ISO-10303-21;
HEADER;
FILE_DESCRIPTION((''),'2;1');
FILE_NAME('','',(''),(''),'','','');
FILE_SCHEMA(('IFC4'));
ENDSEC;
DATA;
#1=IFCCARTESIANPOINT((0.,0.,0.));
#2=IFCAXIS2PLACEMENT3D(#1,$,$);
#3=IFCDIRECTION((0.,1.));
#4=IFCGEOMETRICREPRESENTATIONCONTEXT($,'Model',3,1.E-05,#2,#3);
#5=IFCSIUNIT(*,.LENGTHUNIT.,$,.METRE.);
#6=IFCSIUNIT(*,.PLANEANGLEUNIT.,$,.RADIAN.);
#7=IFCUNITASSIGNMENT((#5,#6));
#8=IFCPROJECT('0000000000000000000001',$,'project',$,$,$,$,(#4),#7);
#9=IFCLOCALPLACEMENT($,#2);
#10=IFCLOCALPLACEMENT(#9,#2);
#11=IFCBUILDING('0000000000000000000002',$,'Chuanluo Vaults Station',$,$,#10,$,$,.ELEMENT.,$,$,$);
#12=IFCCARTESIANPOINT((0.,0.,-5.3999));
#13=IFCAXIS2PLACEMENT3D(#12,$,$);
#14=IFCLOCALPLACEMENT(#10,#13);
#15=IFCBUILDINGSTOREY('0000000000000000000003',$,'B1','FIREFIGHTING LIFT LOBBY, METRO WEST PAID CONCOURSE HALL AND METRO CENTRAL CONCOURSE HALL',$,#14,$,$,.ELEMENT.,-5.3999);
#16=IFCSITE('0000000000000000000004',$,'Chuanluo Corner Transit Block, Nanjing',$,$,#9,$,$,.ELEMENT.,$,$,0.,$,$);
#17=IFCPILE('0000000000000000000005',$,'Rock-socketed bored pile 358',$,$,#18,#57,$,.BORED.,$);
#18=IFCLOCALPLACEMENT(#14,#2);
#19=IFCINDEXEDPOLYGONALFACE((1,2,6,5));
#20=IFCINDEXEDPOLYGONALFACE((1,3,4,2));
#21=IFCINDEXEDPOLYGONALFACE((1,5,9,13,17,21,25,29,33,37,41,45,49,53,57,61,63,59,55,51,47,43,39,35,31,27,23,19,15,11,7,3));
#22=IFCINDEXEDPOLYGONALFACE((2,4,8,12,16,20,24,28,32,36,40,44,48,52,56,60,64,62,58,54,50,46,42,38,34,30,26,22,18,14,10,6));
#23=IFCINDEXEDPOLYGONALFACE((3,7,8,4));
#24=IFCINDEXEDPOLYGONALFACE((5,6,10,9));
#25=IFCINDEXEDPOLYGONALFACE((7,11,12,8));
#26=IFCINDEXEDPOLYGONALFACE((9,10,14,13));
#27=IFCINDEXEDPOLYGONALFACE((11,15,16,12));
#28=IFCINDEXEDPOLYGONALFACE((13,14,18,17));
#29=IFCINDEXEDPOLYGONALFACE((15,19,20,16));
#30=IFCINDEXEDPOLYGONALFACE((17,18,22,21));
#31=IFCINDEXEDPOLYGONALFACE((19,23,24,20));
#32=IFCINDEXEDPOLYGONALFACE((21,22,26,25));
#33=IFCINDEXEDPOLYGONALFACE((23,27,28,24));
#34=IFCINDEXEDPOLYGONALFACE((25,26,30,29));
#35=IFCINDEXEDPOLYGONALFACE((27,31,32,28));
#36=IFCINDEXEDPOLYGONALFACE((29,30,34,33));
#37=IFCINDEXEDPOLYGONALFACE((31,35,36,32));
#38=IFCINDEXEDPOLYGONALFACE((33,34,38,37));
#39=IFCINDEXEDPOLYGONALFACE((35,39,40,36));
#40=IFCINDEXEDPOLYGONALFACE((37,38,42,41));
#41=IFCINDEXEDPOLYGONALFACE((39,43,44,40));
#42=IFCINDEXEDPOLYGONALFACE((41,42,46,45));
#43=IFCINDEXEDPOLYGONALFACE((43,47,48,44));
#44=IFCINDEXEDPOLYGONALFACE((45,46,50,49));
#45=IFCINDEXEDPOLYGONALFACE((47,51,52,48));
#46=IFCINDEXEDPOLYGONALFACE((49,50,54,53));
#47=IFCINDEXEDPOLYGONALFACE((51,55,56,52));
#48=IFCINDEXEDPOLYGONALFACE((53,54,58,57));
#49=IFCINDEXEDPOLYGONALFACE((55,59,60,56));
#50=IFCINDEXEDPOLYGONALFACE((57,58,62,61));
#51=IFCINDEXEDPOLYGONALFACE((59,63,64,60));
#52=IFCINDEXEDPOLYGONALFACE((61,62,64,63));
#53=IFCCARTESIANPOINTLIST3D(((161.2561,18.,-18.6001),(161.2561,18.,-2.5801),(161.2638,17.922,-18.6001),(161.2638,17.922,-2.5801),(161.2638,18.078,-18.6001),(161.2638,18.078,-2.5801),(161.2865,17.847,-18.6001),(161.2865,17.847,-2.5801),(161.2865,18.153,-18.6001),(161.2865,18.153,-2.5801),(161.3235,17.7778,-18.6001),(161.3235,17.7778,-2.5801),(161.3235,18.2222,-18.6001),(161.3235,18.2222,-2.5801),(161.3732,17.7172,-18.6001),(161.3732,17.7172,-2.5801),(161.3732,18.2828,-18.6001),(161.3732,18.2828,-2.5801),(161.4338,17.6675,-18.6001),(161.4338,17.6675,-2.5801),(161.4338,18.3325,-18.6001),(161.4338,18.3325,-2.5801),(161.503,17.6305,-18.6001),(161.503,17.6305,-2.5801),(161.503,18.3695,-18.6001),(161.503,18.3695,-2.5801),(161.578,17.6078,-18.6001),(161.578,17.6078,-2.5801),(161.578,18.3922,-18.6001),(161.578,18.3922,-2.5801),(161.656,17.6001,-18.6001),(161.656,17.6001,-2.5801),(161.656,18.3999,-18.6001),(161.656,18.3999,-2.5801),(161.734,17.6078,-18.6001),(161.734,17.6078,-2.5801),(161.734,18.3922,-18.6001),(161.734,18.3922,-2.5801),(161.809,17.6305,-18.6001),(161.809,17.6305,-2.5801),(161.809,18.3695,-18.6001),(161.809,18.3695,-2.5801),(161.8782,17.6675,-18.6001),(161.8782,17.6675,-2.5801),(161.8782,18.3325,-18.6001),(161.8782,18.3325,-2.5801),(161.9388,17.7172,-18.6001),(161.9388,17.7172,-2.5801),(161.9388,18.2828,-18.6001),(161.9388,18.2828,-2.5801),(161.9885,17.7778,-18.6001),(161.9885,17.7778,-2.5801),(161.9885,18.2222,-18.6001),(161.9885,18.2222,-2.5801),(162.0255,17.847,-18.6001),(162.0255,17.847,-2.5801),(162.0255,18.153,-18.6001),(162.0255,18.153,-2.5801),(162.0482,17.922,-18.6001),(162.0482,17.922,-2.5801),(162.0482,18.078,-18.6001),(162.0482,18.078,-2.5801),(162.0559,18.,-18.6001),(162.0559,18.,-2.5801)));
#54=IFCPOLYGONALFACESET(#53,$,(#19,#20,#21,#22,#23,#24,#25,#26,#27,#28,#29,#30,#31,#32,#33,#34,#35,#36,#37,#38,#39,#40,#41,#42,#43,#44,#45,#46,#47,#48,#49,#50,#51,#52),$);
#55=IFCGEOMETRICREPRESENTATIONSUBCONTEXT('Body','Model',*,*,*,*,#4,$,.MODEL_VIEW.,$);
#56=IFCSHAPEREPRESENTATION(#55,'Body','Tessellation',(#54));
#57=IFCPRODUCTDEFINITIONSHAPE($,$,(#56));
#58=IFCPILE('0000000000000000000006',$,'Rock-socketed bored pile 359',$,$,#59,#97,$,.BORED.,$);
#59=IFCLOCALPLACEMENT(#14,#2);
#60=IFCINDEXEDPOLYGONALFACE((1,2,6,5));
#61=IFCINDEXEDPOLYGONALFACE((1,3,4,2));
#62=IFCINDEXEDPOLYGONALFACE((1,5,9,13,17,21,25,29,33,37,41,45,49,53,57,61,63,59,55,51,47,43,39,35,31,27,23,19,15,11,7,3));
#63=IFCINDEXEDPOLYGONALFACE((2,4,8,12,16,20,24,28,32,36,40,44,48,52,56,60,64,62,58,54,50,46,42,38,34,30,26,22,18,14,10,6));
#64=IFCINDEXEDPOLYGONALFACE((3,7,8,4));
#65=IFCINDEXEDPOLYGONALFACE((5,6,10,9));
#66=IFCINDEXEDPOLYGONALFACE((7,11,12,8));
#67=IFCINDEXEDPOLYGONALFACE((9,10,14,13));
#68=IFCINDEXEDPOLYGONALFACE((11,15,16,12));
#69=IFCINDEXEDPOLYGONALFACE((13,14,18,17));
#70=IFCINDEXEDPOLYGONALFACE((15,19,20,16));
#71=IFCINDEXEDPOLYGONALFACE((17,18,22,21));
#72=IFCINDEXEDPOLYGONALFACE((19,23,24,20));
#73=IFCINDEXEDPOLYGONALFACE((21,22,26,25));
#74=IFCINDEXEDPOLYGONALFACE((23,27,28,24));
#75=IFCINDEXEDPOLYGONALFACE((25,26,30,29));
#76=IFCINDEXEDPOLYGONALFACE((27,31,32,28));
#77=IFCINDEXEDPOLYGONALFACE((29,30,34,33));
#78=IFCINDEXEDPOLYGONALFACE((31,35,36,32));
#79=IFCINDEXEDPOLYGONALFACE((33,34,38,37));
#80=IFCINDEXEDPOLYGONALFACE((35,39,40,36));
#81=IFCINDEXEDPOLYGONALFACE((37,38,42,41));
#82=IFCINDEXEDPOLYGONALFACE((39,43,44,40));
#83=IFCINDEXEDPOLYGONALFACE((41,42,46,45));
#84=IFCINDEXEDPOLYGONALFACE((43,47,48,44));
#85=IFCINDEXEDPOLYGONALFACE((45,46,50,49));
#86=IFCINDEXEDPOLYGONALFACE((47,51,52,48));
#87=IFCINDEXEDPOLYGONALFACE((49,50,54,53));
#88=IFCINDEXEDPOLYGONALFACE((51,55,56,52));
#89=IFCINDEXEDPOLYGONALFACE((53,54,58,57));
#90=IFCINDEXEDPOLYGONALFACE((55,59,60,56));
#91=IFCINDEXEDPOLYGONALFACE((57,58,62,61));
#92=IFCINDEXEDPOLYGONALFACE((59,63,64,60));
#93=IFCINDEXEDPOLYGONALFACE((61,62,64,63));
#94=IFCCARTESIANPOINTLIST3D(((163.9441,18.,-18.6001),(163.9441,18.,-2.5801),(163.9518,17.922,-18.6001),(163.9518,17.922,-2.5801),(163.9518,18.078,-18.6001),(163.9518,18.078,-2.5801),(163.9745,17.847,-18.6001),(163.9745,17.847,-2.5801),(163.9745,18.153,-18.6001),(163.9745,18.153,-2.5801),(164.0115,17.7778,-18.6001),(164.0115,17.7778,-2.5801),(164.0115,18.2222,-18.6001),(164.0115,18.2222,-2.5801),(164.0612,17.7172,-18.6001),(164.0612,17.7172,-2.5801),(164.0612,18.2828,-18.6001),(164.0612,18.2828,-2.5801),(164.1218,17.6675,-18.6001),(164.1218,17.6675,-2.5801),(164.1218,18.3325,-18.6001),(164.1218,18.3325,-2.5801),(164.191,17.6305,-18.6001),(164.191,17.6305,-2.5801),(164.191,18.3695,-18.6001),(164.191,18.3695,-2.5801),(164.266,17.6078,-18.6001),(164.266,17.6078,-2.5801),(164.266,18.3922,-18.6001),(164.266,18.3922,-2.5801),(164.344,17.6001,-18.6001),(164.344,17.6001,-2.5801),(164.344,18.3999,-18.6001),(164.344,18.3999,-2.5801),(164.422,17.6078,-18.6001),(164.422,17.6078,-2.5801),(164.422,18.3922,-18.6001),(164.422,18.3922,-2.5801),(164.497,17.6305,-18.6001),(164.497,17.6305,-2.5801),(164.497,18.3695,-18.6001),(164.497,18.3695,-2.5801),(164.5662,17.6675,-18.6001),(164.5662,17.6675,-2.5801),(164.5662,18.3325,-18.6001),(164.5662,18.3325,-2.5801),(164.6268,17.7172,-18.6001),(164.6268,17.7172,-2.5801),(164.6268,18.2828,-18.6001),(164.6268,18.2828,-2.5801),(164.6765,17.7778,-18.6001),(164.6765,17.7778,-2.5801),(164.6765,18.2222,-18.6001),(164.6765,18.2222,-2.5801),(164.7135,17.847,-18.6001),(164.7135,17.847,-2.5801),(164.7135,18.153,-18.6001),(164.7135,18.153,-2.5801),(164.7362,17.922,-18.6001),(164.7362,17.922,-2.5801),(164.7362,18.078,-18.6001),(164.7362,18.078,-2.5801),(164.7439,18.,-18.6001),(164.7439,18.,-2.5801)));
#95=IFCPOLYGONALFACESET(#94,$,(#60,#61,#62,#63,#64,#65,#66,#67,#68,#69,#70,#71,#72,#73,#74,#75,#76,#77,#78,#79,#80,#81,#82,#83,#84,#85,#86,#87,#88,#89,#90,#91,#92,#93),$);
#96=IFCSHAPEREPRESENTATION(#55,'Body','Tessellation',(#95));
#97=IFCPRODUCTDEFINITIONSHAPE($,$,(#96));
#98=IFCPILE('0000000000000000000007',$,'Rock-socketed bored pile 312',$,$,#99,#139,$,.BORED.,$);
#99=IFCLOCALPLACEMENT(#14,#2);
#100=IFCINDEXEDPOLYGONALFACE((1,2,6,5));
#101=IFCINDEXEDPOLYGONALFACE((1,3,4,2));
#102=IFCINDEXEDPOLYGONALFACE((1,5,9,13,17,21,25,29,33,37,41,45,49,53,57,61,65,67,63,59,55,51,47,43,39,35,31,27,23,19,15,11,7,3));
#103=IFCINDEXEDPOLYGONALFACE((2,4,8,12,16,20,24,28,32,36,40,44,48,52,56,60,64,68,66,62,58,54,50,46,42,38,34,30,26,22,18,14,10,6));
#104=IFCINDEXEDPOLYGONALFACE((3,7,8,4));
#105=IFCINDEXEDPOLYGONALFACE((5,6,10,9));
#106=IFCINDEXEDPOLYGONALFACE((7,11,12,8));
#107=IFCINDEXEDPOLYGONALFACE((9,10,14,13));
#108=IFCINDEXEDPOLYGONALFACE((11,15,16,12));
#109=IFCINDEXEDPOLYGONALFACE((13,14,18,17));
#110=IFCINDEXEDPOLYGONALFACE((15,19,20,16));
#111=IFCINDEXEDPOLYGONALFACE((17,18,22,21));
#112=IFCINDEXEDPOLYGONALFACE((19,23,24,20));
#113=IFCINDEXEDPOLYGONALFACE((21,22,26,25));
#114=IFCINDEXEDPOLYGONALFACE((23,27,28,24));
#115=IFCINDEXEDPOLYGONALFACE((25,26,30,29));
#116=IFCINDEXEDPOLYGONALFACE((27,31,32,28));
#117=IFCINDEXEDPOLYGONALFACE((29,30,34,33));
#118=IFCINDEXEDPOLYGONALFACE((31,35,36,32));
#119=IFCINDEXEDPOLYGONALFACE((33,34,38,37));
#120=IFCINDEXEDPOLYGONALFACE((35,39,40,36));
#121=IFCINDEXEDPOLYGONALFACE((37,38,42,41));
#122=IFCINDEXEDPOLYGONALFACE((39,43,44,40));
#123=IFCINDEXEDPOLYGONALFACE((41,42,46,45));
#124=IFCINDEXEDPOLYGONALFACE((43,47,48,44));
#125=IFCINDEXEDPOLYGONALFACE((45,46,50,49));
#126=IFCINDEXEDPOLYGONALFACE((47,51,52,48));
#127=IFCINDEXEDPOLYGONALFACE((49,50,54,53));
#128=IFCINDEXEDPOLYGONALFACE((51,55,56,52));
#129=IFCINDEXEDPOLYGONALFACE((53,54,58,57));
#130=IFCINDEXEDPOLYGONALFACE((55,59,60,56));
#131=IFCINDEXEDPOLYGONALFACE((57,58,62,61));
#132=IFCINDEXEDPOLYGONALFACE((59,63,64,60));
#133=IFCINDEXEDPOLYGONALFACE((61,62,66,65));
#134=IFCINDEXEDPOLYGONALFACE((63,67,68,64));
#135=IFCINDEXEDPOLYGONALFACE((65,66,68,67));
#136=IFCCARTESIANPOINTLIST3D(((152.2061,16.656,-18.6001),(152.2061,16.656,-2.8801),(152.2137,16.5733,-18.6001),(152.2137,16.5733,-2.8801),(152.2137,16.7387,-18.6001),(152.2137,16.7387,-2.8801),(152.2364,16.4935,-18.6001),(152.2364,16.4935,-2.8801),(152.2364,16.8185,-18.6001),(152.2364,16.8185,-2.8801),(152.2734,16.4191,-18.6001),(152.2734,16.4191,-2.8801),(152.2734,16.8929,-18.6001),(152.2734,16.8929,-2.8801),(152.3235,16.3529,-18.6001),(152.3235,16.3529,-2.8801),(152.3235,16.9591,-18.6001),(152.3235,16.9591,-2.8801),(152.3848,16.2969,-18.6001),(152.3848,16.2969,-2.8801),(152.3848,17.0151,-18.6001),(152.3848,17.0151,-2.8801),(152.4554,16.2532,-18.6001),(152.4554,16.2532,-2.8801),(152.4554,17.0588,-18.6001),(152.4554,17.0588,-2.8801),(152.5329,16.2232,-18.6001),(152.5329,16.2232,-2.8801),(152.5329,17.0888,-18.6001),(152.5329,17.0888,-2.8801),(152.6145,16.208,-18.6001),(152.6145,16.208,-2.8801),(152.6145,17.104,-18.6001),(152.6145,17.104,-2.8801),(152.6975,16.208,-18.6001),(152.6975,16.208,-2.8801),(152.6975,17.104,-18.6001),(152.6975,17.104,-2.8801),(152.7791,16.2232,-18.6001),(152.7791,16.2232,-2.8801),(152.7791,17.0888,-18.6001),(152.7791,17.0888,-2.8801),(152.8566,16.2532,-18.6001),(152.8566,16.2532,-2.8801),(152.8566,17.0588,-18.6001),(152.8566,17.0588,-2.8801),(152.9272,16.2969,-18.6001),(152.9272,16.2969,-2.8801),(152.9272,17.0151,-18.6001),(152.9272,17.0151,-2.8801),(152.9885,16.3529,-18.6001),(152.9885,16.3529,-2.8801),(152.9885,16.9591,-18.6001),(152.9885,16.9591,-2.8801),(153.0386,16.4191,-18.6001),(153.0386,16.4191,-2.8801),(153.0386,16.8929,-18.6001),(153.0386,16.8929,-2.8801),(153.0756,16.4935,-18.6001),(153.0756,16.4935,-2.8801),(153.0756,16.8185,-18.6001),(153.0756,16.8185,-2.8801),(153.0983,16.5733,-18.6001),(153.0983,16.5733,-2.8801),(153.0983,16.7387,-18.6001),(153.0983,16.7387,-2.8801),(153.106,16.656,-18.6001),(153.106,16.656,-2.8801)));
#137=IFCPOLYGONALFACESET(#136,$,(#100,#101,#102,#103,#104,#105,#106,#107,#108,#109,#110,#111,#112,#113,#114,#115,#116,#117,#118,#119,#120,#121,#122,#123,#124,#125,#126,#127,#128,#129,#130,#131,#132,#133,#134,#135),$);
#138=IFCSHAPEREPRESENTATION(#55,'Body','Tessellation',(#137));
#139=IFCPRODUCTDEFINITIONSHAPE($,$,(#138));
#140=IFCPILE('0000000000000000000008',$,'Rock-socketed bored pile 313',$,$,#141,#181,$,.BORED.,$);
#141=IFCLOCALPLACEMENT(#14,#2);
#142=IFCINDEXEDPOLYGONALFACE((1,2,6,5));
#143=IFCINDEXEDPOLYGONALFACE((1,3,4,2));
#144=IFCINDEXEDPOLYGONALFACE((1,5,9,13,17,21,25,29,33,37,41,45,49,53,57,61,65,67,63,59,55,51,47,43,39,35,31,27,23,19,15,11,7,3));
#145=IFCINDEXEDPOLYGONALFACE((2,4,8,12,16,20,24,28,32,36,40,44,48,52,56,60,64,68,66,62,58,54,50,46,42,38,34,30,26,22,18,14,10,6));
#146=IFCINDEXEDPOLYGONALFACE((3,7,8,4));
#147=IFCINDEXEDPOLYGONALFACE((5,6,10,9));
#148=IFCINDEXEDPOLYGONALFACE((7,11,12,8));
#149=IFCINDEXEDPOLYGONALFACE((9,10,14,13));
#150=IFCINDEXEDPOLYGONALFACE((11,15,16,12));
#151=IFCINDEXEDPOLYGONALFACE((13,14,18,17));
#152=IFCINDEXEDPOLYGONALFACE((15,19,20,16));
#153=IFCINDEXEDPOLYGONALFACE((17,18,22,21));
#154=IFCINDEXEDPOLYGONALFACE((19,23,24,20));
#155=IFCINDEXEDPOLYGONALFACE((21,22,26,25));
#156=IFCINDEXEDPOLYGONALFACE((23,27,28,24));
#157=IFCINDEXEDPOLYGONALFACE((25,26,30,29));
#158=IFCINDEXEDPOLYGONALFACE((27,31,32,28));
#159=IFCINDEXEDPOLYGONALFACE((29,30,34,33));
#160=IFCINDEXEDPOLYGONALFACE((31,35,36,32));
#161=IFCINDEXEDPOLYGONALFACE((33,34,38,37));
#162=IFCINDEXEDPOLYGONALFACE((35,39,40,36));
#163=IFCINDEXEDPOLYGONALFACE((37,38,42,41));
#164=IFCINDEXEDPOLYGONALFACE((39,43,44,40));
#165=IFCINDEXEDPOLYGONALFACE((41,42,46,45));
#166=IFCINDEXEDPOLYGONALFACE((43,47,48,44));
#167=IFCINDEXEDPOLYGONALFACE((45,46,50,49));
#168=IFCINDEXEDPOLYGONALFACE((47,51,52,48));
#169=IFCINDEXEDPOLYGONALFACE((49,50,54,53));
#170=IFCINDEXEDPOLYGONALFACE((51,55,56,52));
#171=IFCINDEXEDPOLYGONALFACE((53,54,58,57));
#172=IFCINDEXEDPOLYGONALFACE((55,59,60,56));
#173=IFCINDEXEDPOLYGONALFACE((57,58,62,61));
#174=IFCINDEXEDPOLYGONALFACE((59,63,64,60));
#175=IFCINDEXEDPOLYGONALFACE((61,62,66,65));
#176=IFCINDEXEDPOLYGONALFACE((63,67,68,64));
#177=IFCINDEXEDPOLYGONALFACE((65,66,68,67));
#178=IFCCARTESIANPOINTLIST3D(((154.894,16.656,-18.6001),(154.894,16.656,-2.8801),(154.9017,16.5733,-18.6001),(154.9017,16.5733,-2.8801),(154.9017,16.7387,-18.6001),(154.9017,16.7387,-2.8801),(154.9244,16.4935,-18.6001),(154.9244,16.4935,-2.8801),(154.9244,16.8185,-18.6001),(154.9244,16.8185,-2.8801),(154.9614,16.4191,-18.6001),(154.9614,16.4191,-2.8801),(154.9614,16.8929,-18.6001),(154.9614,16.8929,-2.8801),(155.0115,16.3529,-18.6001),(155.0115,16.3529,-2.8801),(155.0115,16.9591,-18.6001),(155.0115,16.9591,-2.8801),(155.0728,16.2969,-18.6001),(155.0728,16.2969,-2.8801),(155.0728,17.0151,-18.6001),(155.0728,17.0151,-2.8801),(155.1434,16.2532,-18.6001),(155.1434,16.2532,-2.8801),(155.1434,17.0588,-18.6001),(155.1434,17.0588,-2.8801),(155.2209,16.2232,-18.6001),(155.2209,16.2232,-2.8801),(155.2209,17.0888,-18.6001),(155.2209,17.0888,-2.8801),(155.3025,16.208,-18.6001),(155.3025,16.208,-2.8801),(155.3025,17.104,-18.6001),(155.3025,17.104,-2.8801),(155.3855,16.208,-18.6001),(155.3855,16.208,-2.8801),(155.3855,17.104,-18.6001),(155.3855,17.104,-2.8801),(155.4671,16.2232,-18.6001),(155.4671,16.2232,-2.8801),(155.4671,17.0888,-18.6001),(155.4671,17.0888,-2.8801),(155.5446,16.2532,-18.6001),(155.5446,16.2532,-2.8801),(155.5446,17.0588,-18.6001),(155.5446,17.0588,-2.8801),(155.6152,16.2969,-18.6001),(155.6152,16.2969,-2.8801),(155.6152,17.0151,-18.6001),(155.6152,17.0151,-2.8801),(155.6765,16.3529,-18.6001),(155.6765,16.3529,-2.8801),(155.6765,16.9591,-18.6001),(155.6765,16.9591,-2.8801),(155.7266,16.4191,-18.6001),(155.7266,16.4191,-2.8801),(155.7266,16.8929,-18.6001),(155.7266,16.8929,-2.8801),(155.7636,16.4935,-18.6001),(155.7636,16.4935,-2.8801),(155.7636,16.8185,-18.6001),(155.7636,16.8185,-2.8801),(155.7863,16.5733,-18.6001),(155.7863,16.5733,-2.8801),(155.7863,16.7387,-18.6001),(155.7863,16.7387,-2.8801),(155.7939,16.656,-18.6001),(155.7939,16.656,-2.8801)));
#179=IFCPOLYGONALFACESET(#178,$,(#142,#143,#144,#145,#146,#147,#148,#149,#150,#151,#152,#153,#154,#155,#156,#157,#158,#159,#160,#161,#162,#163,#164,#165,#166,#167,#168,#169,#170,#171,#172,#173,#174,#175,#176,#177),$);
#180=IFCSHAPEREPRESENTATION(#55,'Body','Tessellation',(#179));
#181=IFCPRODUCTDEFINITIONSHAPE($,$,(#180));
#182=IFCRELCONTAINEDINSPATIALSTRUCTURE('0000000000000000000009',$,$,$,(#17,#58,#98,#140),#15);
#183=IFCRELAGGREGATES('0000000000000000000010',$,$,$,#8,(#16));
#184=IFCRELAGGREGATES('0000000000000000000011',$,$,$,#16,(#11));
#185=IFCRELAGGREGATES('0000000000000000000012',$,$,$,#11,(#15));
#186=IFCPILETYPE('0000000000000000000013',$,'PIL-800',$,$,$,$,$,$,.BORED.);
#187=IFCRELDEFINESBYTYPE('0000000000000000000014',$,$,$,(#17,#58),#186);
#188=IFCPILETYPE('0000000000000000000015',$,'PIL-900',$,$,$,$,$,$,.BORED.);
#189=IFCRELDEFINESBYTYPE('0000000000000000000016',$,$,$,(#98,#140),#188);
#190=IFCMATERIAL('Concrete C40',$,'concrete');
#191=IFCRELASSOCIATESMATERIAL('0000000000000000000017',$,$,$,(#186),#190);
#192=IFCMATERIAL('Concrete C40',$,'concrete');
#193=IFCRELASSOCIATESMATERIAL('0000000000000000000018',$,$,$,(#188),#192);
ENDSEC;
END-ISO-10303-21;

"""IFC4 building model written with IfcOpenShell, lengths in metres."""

from ifc_helpers import new_model, si_unit, direction, frame, origin, origin_2d, place, context, subcontext, project, spatial, circle, extrude, material, material_profile, profile_set, type_object, element, save


model = new_model("IFC4")

# Units and contexts
model_context = context("Model", 3, precision=1e-05, world=origin(), true_north=direction((0.0, 1.0)))
body_context = subcontext(model_context, "Body", "Model", "MODEL_VIEW")
ifc_project = project(units=[si_unit("LENGTHUNIT", "METRE"), si_unit("PLANEANGLEUNIT", "RADIAN")], contexts=[model_context])

# Site, building, storey
site_placement = place(None, origin())
site = spatial("IfcSite", under=ifc_project, at=site_placement, Name="Chuanluo Corner Transit Block, Nanjing", CompositionType="ELEMENT", RefElevation=0.0)
building_placement = place(site_placement, origin())
building = spatial("IfcBuilding", under=site, at=building_placement, Name="Chuanluo Vaults Station", CompositionType="ELEMENT")
storey_placement = place(building_placement, frame((0.0, 0.0, -5.3999)))
storey = spatial("IfcBuildingStorey", under=building, at=storey_placement, Name="B1", Description="FIREFIGHTING LIFT LOBBY, METRO WEST PAID CONCOURSE HALL AND METRO CENTRAL CONCOURSE HALL", CompositionType="ELEMENT", Elevation=-5.3999)

# Piles
ifc_material_1 = material(Name="Concrete C40", Category="concrete")
ifc_material_profile_1 = material_profile(ifc_material_1, circle(Radius=0.3999, at=origin_2d()))
ifc_profile_set_1 = profile_set([ifc_material_profile_1], Name="Concrete C40")
pile_type_1 = type_object("IfcPileType", Name="PIL-800", PredefinedType="BORED", material=ifc_profile_set_1)
for number, where, z_axis, x_axis, name in (
    (1, (161.656, 18.0, -2.5801), (0.0, 0.0, -1.0), (1.0, 0.0, 0.0), "Rock-socketed bored pile 358"),
    (2, (164.344, 18.0, -2.5801), (0.0, 0.0, -1.0), (1.0, 0.0, 0.0), "Rock-socketed bored pile 359"),
):
    element("IfcPile", number, at=place(storey_placement, frame(where, z_axis=z_axis, x_axis=x_axis)), inside=storey, type_object=pile_type_1, Name=name, PredefinedType="BORED", context=body_context, shape_type="SweptSolid", body=[
        extrude(circle(Radius=0.3999, at=origin_2d()), origin(), (0.0, 0.0, 1.0), 16.02),
    ])
ifc_material_2 = material(Name="Concrete C40", Category="concrete")
ifc_material_profile_2 = material_profile(ifc_material_2, circle(Radius=0.45, at=origin_2d()))
ifc_profile_set_2 = profile_set([ifc_material_profile_2], Name="Concrete C40")
pile_type_2 = type_object("IfcPileType", Name="PIL-900", PredefinedType="BORED", material=ifc_profile_set_2)
for number, where, z_axis, x_axis, name in (
    (3, (152.656, 16.656, -2.8801), (0.0, 0.0, -1.0), (1.0, 0.0, 0.0), "Rock-socketed bored pile 312"),
    (4, (155.344, 16.656, -2.8801), (0.0, 0.0, -1.0), (1.0, 0.0, 0.0), "Rock-socketed bored pile 313"),
):
    element("IfcPile", number, at=place(storey_placement, frame(where, z_axis=z_axis, x_axis=x_axis)), inside=storey, type_object=pile_type_2, Name=name, PredefinedType="BORED", context=body_context, shape_type="SweptSolid", body=[
        extrude(circle(Radius=0.45, at=origin_2d()), origin(), (0.0, 0.0, 1.0), 15.72),
    ])

save(model, "model.ifc")
